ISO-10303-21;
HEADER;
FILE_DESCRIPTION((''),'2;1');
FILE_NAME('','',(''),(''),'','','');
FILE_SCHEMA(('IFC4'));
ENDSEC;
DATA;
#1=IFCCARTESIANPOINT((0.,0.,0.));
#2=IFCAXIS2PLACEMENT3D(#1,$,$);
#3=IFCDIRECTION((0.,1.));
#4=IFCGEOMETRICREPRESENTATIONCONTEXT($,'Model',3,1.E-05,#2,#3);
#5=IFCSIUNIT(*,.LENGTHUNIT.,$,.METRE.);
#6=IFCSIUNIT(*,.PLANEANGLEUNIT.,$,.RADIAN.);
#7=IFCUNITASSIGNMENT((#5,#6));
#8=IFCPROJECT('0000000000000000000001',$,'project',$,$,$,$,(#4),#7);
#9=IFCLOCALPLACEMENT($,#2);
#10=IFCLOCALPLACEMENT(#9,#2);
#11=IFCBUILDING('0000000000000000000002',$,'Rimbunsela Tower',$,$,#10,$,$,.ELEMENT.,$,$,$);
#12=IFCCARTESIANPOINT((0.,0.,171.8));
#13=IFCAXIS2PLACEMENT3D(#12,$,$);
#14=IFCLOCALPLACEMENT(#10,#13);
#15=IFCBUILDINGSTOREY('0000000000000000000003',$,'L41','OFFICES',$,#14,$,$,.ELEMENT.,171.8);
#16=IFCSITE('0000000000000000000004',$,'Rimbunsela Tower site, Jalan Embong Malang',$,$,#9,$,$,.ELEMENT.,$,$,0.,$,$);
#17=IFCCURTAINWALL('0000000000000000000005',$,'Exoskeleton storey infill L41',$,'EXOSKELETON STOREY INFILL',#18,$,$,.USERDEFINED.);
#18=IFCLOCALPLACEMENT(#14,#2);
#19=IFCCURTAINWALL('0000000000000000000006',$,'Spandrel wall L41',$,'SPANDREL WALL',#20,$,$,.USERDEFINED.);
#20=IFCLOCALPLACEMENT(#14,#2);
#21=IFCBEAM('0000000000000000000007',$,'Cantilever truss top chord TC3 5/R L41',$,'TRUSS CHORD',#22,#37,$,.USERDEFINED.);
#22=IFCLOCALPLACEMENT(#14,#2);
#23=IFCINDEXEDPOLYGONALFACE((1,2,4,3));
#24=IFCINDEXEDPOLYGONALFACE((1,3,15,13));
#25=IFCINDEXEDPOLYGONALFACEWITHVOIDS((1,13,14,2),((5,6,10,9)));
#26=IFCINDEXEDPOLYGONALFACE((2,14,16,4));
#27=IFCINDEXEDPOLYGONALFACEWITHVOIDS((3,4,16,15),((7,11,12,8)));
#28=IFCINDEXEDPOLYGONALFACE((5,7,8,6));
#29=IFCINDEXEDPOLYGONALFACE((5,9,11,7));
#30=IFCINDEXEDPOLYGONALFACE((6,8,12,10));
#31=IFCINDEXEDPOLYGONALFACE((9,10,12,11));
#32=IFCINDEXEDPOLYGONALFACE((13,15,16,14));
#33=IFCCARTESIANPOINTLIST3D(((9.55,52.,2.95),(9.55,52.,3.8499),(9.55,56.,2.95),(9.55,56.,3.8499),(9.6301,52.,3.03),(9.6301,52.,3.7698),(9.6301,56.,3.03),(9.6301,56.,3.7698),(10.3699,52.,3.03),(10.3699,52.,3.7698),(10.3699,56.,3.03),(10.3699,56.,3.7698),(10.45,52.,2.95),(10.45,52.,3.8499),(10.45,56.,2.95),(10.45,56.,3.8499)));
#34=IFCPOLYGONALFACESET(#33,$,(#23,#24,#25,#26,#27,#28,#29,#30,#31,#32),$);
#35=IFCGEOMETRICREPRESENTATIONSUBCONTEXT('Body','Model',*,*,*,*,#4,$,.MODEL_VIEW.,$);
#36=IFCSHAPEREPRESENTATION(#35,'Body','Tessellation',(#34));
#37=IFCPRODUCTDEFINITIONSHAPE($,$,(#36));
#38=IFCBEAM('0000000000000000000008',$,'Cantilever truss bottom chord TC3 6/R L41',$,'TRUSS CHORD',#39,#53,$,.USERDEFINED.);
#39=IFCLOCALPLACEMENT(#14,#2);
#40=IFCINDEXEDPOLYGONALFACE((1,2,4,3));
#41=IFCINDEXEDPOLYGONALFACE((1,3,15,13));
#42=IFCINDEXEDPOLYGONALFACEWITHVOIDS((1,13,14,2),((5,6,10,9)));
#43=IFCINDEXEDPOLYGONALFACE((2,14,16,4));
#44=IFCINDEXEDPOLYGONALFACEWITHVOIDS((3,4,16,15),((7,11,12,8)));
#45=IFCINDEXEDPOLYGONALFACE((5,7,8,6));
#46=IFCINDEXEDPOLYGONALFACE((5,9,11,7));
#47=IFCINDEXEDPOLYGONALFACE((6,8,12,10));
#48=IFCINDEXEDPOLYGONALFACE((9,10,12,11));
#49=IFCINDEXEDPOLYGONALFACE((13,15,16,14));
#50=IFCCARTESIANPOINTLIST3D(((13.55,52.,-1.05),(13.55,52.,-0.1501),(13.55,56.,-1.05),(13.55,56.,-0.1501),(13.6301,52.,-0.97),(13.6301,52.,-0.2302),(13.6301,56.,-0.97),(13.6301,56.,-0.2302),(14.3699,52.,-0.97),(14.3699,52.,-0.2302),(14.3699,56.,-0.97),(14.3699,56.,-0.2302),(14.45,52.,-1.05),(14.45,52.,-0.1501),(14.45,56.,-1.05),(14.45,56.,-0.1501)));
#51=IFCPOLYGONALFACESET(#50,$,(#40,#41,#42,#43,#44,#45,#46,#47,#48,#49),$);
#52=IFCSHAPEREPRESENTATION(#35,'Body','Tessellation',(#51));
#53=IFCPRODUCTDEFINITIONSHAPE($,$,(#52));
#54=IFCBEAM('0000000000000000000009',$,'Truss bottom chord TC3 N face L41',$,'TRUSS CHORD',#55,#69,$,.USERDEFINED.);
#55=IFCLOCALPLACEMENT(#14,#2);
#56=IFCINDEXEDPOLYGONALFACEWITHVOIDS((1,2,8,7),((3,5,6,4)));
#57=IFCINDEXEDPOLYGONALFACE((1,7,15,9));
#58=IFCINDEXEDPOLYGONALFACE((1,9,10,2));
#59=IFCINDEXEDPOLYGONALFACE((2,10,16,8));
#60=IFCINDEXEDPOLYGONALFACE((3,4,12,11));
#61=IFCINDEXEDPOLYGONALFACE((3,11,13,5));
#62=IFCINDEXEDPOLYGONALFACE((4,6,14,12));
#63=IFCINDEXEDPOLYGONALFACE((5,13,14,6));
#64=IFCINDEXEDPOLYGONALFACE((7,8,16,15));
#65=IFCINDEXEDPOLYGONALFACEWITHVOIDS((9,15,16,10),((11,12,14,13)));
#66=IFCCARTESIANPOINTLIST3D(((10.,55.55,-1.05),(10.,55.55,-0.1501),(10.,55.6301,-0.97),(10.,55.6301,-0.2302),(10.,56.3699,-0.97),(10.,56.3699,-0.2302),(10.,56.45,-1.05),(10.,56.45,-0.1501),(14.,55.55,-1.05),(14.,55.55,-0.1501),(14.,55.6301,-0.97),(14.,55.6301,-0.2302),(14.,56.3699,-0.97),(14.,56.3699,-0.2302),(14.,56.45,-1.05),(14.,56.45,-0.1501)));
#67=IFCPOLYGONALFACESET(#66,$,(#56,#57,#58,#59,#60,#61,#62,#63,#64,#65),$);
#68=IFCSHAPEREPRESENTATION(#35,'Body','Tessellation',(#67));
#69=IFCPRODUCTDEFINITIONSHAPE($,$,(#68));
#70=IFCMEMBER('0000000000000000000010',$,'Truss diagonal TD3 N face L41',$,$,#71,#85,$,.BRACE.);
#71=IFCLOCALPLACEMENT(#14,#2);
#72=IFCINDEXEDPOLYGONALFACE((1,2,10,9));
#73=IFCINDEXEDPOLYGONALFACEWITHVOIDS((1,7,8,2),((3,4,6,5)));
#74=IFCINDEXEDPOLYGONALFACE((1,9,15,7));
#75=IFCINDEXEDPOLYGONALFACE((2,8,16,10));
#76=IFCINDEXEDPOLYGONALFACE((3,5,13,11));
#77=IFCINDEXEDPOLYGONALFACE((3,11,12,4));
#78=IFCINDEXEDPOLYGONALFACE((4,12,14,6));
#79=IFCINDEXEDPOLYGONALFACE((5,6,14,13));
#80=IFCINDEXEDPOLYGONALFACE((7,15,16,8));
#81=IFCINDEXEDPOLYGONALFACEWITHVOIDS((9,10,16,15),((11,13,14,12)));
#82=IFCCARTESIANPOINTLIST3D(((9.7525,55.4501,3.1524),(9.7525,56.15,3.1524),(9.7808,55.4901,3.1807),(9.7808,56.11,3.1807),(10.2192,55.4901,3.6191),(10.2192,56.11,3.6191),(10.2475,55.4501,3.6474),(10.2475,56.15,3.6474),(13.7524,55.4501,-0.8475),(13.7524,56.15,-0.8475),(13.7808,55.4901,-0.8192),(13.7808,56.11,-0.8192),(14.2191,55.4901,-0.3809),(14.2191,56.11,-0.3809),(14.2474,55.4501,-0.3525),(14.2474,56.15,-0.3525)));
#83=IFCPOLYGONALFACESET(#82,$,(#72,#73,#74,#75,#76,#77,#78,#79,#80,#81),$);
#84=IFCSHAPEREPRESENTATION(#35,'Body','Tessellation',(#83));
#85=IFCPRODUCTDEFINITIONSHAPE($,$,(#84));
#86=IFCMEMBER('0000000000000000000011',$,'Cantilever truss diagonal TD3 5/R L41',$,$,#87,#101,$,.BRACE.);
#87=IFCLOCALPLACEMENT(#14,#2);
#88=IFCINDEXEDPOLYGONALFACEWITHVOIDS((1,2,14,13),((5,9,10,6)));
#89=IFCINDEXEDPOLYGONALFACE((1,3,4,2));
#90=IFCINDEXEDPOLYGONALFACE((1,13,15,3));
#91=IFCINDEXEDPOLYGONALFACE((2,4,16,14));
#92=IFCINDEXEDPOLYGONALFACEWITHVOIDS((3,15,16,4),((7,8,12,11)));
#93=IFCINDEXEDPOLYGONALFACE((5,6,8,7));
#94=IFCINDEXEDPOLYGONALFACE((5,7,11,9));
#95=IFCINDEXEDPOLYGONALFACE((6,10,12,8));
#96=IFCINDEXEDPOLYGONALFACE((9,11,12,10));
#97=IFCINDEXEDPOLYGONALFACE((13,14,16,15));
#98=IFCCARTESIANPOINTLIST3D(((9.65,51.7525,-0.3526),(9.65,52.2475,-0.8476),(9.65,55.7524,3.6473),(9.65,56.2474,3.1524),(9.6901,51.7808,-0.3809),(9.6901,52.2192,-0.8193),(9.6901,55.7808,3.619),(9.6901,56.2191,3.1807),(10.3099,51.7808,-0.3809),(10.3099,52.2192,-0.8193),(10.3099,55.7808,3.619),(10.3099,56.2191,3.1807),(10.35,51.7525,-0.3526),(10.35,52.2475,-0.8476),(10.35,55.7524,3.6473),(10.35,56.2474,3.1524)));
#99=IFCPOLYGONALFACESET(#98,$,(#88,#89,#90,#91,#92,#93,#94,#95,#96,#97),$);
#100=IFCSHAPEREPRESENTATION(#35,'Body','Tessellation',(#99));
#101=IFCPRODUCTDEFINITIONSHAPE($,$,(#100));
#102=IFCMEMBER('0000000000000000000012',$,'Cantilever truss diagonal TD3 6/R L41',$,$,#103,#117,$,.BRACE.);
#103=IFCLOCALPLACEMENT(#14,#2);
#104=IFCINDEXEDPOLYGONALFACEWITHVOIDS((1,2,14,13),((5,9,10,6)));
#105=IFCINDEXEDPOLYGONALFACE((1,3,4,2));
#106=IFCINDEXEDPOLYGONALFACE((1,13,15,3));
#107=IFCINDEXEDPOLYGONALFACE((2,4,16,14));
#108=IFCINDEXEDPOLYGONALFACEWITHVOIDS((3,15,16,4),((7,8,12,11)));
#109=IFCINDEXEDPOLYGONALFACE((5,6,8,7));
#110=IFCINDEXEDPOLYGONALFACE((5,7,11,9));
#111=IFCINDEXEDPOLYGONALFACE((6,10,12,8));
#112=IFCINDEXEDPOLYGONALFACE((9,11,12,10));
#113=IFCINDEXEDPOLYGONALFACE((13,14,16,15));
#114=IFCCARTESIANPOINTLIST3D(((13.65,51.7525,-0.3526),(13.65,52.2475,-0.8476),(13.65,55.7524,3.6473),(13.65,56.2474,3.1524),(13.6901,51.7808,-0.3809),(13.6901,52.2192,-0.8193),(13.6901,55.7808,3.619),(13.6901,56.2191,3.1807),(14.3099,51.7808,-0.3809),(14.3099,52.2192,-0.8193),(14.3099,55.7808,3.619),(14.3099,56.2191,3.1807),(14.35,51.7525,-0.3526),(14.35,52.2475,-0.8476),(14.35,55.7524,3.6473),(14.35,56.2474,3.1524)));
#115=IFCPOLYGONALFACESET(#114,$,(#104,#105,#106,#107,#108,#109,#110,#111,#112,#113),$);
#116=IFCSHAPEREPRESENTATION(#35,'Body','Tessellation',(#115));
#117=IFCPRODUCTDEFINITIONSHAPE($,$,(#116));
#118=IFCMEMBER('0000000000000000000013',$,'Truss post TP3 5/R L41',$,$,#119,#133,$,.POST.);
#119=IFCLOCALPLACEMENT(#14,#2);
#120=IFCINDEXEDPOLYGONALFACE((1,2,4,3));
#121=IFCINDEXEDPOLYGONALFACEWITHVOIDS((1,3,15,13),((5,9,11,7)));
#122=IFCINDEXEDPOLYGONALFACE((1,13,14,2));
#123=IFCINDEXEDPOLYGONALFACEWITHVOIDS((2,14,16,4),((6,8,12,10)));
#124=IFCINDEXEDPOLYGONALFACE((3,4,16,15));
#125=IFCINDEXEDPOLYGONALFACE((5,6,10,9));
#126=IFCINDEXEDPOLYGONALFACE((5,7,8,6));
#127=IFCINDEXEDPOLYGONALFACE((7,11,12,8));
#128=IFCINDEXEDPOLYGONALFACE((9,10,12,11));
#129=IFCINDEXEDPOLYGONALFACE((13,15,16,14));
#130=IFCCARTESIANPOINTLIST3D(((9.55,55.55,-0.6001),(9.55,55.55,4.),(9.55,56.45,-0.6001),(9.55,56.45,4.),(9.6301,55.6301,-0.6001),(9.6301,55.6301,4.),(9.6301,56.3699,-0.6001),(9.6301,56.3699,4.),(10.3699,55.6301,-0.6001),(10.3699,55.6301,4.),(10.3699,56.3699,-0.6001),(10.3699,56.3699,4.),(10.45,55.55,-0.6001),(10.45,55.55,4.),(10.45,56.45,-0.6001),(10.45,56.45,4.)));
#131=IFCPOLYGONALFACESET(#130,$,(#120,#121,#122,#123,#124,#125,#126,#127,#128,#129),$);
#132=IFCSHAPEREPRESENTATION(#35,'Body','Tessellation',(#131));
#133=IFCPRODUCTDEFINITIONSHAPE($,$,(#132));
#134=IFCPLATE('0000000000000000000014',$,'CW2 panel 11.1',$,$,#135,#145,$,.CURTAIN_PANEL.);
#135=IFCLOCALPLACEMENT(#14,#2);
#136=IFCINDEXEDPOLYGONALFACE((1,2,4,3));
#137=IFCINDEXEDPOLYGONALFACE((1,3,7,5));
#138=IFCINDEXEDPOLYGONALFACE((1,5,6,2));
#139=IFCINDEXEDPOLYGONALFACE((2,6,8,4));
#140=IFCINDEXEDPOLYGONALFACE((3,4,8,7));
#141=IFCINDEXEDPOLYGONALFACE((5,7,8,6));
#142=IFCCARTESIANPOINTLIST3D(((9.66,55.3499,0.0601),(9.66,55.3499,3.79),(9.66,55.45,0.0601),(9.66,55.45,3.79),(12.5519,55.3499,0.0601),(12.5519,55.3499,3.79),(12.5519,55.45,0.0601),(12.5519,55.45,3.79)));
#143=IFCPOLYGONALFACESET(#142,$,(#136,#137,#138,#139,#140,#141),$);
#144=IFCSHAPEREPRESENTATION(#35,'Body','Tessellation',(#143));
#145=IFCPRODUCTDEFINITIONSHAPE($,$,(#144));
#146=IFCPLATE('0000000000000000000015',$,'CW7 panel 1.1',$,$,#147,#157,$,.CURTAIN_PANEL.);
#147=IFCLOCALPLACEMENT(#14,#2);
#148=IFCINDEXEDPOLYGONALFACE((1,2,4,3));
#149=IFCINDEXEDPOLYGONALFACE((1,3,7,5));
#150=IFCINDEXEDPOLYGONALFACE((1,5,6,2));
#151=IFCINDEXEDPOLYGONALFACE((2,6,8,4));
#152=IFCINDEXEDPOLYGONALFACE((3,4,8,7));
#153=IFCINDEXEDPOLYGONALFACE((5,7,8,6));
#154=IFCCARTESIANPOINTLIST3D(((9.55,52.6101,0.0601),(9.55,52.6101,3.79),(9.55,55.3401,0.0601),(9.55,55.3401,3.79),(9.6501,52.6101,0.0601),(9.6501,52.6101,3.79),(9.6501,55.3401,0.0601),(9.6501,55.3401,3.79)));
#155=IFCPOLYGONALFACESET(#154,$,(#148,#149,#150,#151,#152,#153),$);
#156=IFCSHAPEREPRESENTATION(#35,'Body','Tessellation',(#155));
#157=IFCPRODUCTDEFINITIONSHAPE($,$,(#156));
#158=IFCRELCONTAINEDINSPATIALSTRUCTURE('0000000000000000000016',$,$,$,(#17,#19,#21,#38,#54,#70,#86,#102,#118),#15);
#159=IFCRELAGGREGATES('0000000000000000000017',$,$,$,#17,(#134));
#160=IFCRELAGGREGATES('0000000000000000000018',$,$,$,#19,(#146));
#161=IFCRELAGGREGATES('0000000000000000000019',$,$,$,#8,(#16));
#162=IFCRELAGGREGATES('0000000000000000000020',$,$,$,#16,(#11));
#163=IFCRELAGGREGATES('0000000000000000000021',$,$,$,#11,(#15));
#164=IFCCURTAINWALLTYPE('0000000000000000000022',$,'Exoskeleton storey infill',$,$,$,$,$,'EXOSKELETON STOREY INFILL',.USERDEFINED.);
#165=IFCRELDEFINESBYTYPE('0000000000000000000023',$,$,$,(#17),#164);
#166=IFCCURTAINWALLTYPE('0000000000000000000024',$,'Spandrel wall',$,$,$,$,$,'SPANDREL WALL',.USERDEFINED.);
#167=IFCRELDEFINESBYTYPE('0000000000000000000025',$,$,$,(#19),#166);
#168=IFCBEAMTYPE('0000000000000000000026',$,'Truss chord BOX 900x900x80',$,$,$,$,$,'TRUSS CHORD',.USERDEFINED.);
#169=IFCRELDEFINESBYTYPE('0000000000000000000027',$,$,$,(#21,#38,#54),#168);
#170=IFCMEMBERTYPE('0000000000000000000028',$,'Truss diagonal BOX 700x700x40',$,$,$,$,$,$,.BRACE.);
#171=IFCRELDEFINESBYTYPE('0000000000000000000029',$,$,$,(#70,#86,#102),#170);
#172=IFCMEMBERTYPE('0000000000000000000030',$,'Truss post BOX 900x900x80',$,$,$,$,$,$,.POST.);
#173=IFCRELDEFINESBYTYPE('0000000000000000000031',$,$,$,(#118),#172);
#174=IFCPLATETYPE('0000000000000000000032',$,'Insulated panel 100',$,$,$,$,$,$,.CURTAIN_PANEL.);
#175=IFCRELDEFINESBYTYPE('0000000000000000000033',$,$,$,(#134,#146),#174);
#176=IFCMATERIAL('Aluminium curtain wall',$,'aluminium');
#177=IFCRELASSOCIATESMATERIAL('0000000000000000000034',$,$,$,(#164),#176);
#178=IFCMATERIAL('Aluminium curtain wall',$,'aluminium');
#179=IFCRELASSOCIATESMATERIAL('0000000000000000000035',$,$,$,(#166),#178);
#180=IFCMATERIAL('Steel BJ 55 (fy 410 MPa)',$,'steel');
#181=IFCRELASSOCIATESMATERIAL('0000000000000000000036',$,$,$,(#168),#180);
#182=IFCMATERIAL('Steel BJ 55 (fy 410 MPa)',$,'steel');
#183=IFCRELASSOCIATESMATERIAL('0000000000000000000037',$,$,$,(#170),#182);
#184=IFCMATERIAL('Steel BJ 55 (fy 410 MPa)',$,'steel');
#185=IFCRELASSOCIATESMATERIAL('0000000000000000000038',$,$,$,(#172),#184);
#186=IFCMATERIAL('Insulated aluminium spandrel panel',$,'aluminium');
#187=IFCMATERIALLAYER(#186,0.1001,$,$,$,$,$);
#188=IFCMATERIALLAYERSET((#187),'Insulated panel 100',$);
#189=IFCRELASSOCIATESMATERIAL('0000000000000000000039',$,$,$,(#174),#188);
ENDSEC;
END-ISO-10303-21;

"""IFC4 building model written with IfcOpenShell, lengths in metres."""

from ifc_helpers import new_model, si_unit, direction, frame, origin, origin_2d, place, context, subcontext, project, spatial, rectangle, hollow_rectangle, extrude, material, layer, layer_set, material_profile, profile_set, type_object, element, aggregate, save


model = new_model("IFC4")

# Units and contexts
model_context = context("Model", 3, precision=1e-05, world=origin(), true_north=direction((0.0, 1.0)))
body_context = subcontext(model_context, "Body", "Model", "MODEL_VIEW")
ifc_project = project(units=[si_unit("LENGTHUNIT", "METRE"), si_unit("PLANEANGLEUNIT", "RADIAN")], contexts=[model_context])

# Site, building, storey
site_placement = place(None, origin())
site = spatial("IfcSite", under=ifc_project, at=site_placement, Name="Rimbunsela Tower site, Jalan Embong Malang", CompositionType="ELEMENT", RefElevation=0.0)
building_placement = place(site_placement, origin())
building = spatial("IfcBuilding", under=site, at=building_placement, Name="Rimbunsela Tower", CompositionType="ELEMENT")
storey_placement = place(building_placement, frame((0.0, 0.0, 171.8)))
storey = spatial("IfcBuildingStorey", under=building, at=storey_placement, Name="L41", Description="OFFICES", CompositionType="ELEMENT", Elevation=171.8)

# Curtain wall
ifc_material_1 = material(Name="Aluminium curtain wall", Category="aluminium")
curtain_wall_type_1 = type_object("IfcCurtainWallType", Name="Exoskeleton storey infill", ElementType="EXOSKELETON STOREY INFILL", PredefinedType="USERDEFINED", material=ifc_material_1)
curtain_wall_1_placement = place(storey_placement, origin())
curtain_wall_1 = element("IfcCurtainWall", 1, at=curtain_wall_1_placement, inside=storey, type_object=curtain_wall_type_1, Name="Exoskeleton storey infill L41", ObjectType="EXOSKELETON STOREY INFILL", PredefinedType="USERDEFINED")

# Curtain wall
ifc_material_2 = material(Name="Aluminium curtain wall", Category="aluminium")
curtain_wall_type_2 = type_object("IfcCurtainWallType", Name="Spandrel wall", ElementType="SPANDREL WALL", PredefinedType="USERDEFINED", material=ifc_material_2)
curtain_wall_2_placement = place(storey_placement, origin())
curtain_wall_2 = element("IfcCurtainWall", 2, at=curtain_wall_2_placement, inside=storey, type_object=curtain_wall_type_2, Name="Spandrel wall L41", ObjectType="SPANDREL WALL", PredefinedType="USERDEFINED")

# Beams
ifc_material_3 = material(Name="Steel BJ 55 (fy 410 MPa)", Category="steel")
ifc_material_profile_1 = material_profile(ifc_material_3, hollow_rectangle(XDim=0.8999, YDim=0.8999, WallThickness=0.0801, at=origin_2d()), Name="BOX 900x900x80")
ifc_profile_set_1 = profile_set([ifc_material_profile_1], Name="Steel BJ 55 (fy 410 MPa)")
beam_type_1 = type_object("IfcBeamType", Name="Truss chord BOX 900x900x80", ElementType="TRUSS CHORD", PredefinedType="USERDEFINED", material=ifc_profile_set_1)
for number, where, z_axis, x_axis, name in (
    (3, (10.0, 52.0, 3.3999), (0.0, 1.0, 0.0), (-1.0, 0.0, 0.0), "Cantilever truss top chord TC3 5/R L41"),
    (4, (14.0, 52.0, -0.6001), (0.0, 1.0, 0.0), (-1.0, 0.0, 0.0), "Cantilever truss bottom chord TC3 6/R L41"),
    (5, (10.0, 56.0, -0.6001), (1.0, 0.0, 0.0), (0.0, 1.0, 0.0), "Truss bottom chord TC3 N face L41"),
):
    element("IfcBeam", number, at=place(storey_placement, frame(where, z_axis=z_axis, x_axis=x_axis)), inside=storey, type_object=beam_type_1, Name=name, ObjectType="TRUSS CHORD", PredefinedType="USERDEFINED", context=body_context, shape_type="SweptSolid", body=[
        extrude(hollow_rectangle(XDim=0.8999, YDim=0.8999, WallThickness=0.0801, at=origin_2d()), origin(), (0.0, 0.0, 1.0), 4.0),
    ])

# Members
ifc_material_4 = material(Name="Steel BJ 55 (fy 410 MPa)", Category="steel")
ifc_material_profile_2 = material_profile(ifc_material_4, hollow_rectangle(XDim=0.7, YDim=0.7, WallThickness=0.04, at=origin_2d()), Name="BOX 700x700x40")
ifc_profile_set_2 = profile_set([ifc_material_profile_2], Name="Steel BJ 55 (fy 410 MPa)")
member_type_1 = type_object("IfcMemberType", Name="Truss diagonal BOX 700x700x40", PredefinedType="BRACE", material=ifc_profile_set_2)
for number, where, z_axis, x_axis, name in (
    (6, (10.0, 55.8, 3.3999), (0.707107, 0.0, -0.707107), (0.0, 1.0, 0.0), "Truss diagonal TD3 N face L41"),
    (7, (10.0, 52.0, -0.6001), (0.0, 0.707107, 0.707107), (-1.0, 0.0, 0.0), "Cantilever truss diagonal TD3 5/R L41"),
    (8, (14.0, 52.0, -0.6001), (0.0, 0.707107, 0.707107), (-1.0, 0.0, 0.0), "Cantilever truss diagonal TD3 6/R L41"),
):
    element("IfcMember", number, at=place(storey_placement, frame(where, z_axis=z_axis, x_axis=x_axis)), inside=storey, type_object=member_type_1, Name=name, PredefinedType="BRACE", context=body_context, shape_type="SweptSolid", body=[
        extrude(hollow_rectangle(XDim=0.7, YDim=0.7, WallThickness=0.04, at=origin_2d()), origin(), (0.0, 0.0, 1.0), 5.6567),
    ])
ifc_material_5 = material(Name="Steel BJ 55 (fy 410 MPa)", Category="steel")
ifc_material_profile_3 = material_profile(ifc_material_5, hollow_rectangle(XDim=0.8999, YDim=0.8999, WallThickness=0.0801, at=origin_2d()), Name="BOX 900x900x80")
ifc_profile_set_3 = profile_set([ifc_material_profile_3], Name="Steel BJ 55 (fy 410 MPa)")
member_type_2 = type_object("IfcMemberType", Name="Truss post BOX 900x900x80", PredefinedType="POST", material=ifc_profile_set_3)
member_1_placement = place(storey_placement, frame((10.0, 56.0, -0.6001), z_axis=(0.0, 0.0, 1.0), x_axis=(1.0, 0.0, 0.0)))
element("IfcMember", 9, at=member_1_placement, inside=storey, type_object=member_type_2, Name="Truss post TP3 5/R L41", PredefinedType="POST", context=body_context, shape_type="SweptSolid", body=[
    extrude(hollow_rectangle(XDim=0.8999, YDim=0.8999, WallThickness=0.0801, at=origin_2d()), origin(), (0.0, 0.0, 1.0), 4.6001),
])

# Plates
ifc_material_6 = material(Name="Insulated aluminium spandrel panel", Category="aluminium")
ifc_layer = layer(ifc_material_6, 0.1001)
ifc_layer_set = layer_set([ifc_layer], Name="Insulated panel 100")
plate_type = type_object("IfcPlateType", Name="Insulated panel 100", PredefinedType="CURTAIN_PANEL", material=ifc_layer_set)
plate_1_placement = place(storey_placement, frame((11.106, 55.3999, 0.0601), z_axis=(0.0, 0.0, 1.0), x_axis=(-1.0, 0.0, 0.0)))
plate_1 = element("IfcPlate", 10, at=plate_1_placement, type_object=plate_type, Name="CW2 panel 11.1", PredefinedType="CURTAIN_PANEL", context=body_context, shape_type="SweptSolid", body=[
    extrude(rectangle(XDim=2.8918, YDim=0.1001, at=origin_2d()), origin(), (0.0, 0.0, 1.0), 3.73),
])
aggregate(curtain_wall_1, [plate_1])
plate_2_placement = place(storey_placement, frame((9.6001, 53.9751, 0.0601), z_axis=(0.0, 0.0, 1.0), x_axis=(0.0, -1.0, 0.0)))
plate_2 = element("IfcPlate", 11, at=plate_2_placement, type_object=plate_type, Name="CW7 panel 1.1", PredefinedType="CURTAIN_PANEL", context=body_context, shape_type="SweptSolid", body=[
    extrude(rectangle(XDim=2.73, YDim=0.1001, at=origin_2d()), origin(), (0.0, 0.0, 1.0), 3.73),
])
aggregate(curtain_wall_2, [plate_2])

save(model, "model.ifc")
